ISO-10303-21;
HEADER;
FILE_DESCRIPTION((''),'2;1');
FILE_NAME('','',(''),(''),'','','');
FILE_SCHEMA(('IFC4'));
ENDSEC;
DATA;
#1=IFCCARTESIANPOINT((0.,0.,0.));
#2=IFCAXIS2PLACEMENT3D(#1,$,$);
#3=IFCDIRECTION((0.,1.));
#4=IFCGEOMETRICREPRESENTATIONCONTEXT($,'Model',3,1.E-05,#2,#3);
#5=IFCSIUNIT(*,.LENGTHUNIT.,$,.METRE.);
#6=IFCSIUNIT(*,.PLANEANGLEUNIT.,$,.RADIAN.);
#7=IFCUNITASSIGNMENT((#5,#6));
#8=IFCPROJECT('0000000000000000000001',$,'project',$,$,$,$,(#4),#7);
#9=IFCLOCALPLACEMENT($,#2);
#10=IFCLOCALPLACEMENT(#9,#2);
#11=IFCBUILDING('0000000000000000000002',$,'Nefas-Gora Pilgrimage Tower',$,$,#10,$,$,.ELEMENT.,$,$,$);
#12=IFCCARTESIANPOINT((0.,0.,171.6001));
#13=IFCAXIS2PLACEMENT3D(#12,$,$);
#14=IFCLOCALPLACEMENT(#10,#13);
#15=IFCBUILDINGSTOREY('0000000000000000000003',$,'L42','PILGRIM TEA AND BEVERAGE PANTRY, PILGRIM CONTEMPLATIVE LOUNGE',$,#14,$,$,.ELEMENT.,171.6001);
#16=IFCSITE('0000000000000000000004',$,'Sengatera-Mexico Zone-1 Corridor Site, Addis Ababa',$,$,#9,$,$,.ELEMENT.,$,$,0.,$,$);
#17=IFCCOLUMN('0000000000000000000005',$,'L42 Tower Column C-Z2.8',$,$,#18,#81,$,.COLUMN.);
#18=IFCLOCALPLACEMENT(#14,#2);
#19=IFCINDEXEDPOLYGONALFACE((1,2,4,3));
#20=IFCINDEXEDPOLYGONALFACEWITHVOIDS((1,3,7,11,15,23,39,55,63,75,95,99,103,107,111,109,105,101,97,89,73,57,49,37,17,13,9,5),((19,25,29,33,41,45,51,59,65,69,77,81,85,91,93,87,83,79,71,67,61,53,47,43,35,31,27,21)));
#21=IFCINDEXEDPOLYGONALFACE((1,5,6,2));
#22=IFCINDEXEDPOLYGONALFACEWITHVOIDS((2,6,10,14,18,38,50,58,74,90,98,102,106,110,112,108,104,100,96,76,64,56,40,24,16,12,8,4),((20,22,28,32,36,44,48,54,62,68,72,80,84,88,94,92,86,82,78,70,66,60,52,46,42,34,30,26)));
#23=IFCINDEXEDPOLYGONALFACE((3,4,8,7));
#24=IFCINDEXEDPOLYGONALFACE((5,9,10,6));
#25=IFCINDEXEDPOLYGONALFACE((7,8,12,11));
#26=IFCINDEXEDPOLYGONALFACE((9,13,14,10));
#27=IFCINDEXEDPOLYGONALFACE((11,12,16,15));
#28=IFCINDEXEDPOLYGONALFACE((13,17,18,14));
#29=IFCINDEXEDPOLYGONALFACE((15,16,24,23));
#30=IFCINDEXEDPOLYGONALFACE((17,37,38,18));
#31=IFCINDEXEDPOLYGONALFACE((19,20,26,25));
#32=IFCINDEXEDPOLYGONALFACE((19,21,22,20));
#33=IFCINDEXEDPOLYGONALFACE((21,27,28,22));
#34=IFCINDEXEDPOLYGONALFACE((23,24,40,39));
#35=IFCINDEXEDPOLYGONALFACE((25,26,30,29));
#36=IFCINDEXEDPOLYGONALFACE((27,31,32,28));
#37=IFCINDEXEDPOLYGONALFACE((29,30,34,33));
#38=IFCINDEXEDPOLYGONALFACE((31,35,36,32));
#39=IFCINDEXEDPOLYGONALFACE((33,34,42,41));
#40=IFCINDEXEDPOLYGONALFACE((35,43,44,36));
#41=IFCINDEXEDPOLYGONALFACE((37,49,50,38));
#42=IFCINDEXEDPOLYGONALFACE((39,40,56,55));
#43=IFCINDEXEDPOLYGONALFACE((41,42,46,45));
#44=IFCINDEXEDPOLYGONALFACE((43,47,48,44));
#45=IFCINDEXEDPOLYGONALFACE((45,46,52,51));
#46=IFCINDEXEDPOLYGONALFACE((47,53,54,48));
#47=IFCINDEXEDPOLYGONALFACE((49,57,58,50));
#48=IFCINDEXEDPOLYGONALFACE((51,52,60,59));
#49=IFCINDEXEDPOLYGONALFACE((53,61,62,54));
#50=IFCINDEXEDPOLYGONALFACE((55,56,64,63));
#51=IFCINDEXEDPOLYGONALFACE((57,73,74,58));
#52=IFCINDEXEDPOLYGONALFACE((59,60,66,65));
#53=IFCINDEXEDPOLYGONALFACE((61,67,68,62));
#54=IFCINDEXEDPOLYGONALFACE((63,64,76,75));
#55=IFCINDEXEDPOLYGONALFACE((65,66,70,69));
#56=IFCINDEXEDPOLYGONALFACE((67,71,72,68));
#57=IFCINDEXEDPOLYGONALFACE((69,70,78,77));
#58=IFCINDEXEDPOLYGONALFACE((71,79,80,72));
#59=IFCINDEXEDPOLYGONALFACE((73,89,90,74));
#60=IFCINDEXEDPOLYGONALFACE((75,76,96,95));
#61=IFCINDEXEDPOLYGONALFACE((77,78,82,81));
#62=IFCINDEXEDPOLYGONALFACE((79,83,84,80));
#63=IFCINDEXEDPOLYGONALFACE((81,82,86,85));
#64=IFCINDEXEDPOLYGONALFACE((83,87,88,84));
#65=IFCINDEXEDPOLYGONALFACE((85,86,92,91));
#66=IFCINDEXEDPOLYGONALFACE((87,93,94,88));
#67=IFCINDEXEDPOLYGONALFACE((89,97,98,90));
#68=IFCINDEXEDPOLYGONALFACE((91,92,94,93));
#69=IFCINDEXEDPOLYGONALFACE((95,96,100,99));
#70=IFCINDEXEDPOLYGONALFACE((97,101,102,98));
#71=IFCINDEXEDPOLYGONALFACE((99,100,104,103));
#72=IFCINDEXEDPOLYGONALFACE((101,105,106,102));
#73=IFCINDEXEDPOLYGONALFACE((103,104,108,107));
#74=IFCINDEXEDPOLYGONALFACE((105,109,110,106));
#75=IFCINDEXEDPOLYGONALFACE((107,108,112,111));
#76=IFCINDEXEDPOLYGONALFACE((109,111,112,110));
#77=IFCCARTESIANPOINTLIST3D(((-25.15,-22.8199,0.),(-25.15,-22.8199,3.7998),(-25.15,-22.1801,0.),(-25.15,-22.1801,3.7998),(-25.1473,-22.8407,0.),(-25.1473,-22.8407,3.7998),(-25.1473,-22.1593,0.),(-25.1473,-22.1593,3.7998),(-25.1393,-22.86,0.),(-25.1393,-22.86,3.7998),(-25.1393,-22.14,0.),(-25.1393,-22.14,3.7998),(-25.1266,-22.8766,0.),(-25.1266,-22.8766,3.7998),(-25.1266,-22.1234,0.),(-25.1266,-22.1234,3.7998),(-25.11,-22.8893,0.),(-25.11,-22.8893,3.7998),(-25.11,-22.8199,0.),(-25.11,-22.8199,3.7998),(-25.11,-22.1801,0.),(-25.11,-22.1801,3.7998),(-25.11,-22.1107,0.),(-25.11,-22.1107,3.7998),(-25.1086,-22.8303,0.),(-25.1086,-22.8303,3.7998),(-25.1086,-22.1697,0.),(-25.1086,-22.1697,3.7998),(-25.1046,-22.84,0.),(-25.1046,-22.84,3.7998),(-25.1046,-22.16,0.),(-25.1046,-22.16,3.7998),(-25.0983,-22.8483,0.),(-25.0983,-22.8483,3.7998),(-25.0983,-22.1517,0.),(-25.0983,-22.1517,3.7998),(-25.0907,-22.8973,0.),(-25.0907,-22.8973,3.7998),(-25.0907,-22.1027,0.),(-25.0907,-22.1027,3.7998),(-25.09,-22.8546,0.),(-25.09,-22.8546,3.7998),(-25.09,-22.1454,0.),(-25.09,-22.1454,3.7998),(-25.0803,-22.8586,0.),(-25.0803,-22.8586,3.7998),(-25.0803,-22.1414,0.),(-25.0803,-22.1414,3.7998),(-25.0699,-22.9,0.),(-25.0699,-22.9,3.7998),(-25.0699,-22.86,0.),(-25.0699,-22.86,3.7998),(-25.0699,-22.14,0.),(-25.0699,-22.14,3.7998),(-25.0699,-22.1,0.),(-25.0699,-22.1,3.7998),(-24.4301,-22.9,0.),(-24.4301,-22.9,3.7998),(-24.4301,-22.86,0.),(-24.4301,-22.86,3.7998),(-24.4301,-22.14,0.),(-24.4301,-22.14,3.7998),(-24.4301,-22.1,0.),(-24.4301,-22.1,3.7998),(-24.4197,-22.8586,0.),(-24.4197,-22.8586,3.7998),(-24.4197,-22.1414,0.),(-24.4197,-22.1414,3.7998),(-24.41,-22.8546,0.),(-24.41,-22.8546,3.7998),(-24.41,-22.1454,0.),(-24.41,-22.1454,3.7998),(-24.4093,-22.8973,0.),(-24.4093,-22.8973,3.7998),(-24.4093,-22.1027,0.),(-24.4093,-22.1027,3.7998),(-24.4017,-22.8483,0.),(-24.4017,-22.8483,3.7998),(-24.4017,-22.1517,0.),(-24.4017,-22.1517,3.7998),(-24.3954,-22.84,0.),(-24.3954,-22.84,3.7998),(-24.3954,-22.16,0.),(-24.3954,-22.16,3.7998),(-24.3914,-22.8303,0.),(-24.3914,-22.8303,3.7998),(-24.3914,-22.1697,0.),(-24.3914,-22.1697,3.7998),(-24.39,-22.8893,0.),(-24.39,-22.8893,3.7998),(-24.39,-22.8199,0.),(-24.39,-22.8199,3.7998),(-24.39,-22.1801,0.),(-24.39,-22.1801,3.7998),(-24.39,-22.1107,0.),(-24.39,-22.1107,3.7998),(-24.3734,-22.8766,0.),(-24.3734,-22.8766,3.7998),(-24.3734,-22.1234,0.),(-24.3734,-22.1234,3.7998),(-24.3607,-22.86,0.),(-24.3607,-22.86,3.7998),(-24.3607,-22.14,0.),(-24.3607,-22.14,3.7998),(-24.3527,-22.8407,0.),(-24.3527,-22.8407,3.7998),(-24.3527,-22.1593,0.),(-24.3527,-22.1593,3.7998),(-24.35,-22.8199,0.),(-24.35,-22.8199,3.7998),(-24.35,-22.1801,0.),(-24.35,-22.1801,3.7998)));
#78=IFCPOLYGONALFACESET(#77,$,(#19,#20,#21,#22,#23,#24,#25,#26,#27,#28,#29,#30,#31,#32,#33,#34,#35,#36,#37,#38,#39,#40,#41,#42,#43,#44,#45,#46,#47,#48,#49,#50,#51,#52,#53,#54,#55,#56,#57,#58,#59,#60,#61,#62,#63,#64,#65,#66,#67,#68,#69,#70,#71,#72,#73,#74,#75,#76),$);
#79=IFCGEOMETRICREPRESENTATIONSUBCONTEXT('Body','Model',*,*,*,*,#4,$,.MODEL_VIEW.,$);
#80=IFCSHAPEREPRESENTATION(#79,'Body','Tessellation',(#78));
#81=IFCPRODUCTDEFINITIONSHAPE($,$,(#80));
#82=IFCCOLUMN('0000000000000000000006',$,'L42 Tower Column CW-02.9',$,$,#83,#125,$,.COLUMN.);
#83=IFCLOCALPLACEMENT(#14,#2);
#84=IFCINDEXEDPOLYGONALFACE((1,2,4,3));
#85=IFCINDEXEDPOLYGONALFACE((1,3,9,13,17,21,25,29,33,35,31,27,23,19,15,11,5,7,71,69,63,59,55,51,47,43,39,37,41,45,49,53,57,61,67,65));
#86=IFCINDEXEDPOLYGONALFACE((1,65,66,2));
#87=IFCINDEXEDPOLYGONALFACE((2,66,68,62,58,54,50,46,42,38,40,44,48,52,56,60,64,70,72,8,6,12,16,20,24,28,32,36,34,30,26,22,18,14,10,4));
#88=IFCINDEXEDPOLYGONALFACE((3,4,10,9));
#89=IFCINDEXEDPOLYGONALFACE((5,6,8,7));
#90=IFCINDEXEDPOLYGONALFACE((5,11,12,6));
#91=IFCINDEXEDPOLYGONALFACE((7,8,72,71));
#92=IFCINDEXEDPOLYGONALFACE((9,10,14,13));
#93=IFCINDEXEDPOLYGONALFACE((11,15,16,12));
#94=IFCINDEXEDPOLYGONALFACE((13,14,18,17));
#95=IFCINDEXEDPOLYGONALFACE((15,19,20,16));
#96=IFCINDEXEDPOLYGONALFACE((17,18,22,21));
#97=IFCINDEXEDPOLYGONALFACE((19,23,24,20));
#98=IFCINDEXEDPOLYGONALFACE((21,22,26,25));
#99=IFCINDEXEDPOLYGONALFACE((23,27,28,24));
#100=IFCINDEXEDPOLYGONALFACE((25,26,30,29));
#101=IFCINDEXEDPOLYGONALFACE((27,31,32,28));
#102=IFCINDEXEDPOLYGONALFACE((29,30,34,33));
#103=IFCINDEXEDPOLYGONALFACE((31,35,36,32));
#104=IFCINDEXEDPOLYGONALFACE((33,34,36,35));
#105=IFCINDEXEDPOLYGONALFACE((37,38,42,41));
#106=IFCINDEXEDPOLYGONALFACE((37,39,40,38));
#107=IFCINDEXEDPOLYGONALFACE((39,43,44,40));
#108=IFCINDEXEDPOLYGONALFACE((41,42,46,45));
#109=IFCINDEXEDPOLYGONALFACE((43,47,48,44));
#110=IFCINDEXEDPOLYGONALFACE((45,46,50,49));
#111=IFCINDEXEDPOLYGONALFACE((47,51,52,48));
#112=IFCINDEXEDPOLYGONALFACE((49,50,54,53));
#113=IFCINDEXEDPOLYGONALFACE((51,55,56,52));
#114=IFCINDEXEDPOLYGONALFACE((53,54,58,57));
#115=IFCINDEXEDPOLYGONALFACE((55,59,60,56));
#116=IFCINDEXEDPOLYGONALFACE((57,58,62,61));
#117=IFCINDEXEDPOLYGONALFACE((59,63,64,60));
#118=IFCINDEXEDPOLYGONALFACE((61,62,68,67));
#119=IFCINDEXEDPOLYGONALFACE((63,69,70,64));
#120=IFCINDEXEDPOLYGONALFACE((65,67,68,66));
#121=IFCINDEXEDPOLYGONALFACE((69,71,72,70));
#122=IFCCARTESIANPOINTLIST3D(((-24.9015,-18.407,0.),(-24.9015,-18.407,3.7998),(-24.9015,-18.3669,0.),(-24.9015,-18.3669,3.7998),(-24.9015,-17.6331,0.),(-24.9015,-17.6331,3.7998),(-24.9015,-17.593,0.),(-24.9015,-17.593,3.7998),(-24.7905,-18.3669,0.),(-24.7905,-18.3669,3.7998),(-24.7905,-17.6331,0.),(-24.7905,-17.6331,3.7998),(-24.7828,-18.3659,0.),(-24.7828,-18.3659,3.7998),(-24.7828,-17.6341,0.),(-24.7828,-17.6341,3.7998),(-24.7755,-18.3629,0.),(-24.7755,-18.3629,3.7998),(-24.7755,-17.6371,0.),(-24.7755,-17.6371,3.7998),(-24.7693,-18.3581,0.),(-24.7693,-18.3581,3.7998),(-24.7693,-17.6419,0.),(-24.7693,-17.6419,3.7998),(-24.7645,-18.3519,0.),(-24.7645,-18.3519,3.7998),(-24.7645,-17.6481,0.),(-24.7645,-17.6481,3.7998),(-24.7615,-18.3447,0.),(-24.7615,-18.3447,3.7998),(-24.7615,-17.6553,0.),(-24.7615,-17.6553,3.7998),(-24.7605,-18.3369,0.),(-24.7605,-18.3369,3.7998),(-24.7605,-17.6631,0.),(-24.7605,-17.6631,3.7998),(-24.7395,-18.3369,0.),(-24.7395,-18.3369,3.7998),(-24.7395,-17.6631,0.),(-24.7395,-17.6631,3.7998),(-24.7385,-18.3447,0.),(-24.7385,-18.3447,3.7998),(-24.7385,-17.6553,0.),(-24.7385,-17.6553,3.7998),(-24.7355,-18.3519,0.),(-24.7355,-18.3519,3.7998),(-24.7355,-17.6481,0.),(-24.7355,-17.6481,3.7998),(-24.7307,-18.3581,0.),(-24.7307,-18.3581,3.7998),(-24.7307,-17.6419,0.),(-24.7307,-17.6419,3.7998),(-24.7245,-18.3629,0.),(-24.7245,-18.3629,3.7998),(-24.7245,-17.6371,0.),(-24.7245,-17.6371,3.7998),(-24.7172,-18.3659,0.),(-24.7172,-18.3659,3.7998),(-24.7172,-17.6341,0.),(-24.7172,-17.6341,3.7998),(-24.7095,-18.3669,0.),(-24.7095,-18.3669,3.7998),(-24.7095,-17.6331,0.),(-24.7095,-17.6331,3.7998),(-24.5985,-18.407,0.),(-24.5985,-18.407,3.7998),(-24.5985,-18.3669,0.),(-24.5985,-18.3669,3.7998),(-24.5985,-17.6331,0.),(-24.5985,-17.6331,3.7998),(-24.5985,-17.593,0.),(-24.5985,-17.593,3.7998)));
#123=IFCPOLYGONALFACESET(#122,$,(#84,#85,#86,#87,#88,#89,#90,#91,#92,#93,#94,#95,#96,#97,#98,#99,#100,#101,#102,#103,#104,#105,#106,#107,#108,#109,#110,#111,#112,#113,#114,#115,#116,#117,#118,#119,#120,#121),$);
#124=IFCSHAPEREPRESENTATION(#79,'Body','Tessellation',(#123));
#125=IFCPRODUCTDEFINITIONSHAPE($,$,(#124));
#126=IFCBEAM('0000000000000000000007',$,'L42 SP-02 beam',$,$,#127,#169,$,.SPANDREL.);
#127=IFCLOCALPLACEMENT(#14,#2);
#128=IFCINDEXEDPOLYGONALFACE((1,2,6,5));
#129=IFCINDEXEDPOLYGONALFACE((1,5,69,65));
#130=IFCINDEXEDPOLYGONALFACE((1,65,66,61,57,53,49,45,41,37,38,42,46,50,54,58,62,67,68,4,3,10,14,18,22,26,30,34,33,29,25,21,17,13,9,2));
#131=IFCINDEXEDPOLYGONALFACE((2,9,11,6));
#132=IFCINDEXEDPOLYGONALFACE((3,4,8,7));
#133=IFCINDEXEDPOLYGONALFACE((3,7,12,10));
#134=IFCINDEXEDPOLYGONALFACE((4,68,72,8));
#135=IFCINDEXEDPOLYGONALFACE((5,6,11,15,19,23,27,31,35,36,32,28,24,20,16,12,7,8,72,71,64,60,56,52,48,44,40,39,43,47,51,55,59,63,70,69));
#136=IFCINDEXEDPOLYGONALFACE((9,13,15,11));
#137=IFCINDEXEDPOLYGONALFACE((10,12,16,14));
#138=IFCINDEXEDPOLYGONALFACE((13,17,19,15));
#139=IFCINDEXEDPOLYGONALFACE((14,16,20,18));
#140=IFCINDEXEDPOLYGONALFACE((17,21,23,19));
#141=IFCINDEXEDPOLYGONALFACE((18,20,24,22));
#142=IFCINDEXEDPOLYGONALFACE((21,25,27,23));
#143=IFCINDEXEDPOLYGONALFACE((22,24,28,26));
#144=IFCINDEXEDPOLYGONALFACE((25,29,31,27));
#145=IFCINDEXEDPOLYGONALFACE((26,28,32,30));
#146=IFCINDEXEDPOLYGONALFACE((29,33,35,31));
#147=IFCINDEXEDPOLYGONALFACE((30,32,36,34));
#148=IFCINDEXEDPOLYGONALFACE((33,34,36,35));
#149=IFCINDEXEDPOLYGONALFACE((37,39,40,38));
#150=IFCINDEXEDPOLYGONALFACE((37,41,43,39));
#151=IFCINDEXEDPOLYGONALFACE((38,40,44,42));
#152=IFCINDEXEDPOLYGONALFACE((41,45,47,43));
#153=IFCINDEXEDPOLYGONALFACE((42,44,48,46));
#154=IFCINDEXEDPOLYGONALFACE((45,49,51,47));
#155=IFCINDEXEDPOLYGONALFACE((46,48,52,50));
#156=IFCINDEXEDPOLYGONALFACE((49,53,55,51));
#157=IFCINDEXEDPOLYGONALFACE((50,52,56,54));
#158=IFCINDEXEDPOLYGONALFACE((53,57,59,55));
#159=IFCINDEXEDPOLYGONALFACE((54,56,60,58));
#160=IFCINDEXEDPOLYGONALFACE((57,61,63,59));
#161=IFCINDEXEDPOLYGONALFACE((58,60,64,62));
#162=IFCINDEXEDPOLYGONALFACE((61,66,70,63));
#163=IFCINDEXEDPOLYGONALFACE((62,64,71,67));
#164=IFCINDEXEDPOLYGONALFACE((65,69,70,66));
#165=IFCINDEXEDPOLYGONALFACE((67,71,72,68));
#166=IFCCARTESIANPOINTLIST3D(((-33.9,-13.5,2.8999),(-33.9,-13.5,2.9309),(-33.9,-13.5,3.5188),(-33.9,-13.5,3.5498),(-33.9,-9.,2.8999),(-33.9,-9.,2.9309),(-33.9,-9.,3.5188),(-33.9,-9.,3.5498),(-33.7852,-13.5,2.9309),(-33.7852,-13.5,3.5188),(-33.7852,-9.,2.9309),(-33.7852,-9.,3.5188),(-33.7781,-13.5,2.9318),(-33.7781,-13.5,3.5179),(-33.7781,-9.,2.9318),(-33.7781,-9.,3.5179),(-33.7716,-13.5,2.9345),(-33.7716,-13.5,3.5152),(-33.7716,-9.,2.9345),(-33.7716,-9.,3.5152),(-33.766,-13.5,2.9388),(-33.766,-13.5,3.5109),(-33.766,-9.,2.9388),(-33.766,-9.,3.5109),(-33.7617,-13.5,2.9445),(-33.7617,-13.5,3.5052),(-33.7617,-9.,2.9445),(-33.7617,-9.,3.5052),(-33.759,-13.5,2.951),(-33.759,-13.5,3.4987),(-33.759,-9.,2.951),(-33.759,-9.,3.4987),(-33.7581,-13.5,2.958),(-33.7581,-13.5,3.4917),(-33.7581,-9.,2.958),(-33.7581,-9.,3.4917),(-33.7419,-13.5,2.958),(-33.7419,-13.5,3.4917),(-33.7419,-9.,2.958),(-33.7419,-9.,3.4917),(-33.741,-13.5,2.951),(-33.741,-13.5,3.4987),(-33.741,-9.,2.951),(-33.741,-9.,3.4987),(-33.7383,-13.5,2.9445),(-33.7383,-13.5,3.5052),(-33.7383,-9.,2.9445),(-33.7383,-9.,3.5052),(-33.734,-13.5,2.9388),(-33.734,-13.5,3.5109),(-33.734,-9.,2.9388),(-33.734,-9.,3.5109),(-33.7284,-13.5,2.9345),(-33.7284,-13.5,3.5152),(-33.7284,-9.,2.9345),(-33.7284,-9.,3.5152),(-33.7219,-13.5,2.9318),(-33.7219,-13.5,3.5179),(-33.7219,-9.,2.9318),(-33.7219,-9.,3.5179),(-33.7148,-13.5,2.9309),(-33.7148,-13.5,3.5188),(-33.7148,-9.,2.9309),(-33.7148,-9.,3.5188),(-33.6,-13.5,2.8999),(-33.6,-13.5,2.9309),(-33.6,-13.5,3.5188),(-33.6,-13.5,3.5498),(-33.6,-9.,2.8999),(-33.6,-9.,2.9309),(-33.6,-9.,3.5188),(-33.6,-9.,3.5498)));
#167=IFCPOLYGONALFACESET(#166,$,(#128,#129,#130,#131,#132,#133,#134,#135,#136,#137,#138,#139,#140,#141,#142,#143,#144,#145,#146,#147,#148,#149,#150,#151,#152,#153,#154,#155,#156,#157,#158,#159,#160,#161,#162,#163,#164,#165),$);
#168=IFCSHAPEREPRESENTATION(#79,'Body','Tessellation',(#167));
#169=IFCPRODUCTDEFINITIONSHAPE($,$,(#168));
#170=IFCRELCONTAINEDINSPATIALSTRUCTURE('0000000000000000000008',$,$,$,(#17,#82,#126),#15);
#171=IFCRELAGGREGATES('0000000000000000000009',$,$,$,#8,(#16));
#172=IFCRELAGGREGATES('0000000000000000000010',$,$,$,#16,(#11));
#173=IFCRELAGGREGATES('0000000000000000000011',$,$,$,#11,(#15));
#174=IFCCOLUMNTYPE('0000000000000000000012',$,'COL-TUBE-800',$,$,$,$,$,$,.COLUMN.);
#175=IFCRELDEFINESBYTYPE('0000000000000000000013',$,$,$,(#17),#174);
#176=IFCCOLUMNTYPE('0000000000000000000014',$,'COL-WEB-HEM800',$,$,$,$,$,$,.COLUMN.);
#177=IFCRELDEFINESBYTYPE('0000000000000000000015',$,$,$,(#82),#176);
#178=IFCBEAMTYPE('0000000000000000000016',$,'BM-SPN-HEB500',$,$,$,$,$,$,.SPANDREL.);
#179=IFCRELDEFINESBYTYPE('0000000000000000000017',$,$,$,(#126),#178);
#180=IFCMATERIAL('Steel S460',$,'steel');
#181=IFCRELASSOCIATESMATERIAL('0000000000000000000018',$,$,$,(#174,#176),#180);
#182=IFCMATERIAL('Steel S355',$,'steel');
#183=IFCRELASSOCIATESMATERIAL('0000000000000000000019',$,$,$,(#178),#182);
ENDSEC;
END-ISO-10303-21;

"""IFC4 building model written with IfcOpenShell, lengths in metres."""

from ifc_helpers import new_model, si_unit, direction, frame, origin, origin_2d, place, context, subcontext, project, spatial, hollow_rectangle, i_section, extrude, source, transform, mapped, material, material_profile, profile_set, type_object, element, save


model = new_model("IFC4")

# Units and contexts
model_context = context("Model", 3, precision=1e-05, world=origin(), true_north=direction((0.0, 1.0)))
body_context = subcontext(model_context, "Body", "Model", "MODEL_VIEW")
ifc_project = project(units=[si_unit("LENGTHUNIT", "METRE"), si_unit("PLANEANGLEUNIT", "RADIAN")], contexts=[model_context])

# Site, building, storey
site_placement = place(None, origin())
site = spatial("IfcSite", under=ifc_project, at=site_placement, Name="Sengatera-Mexico Zone-1 Corridor Site, Addis Ababa", CompositionType="ELEMENT", RefElevation=0.0)
building_placement = place(site_placement, origin())
building = spatial("IfcBuilding", under=site, at=building_placement, Name="Nefas-Gora Pilgrimage Tower", CompositionType="ELEMENT")
storey_placement = place(building_placement, frame((0.0, 0.0, 171.6001)))
storey = spatial("IfcBuildingStorey", under=building, at=storey_placement, Name="L42", Description="PILGRIM TEA AND BEVERAGE PANTRY, PILGRIM CONTEMPLATIVE LOUNGE", CompositionType="ELEMENT", Elevation=171.6001)

# Columns
ifc_material_1 = material(Name="Steel S460", Category="steel")
ifc_material_profile_1 = material_profile(ifc_material_1, hollow_rectangle(XDim=0.8, YDim=0.8, WallThickness=0.04, InnerFilletRadius=0.04, OuterFilletRadius=0.0801, at=origin_2d()), Name="BOX 800x800x40")
ifc_profile_set_1 = profile_set([ifc_material_profile_1], Name="Steel S460")
column_type_1 = type_object("IfcColumnType", Name="COL-TUBE-800", PredefinedType="COLUMN", material=ifc_profile_set_1)
shared_shape_1 = source(origin(), body_context, "Body", "SweptSolid", [
    extrude(hollow_rectangle(XDim=0.8, YDim=0.8, WallThickness=0.04, InnerFilletRadius=0.04, OuterFilletRadius=0.0801, at=origin_2d()), origin(), (0.0, 0.0, 1.0), 3.7998),
])
for number, where, z_axis, x_axis, name in (
    (1, (-24.75, -22.5, 0.0), (0.0, 0.0, 1.0), (1.0, 0.0, 0.0), "L42 Tower Column C-Z2.8"),
):
    element("IfcColumn", number, at=place(storey_placement, frame(where, z_axis=z_axis, x_axis=x_axis)), inside=storey, type_object=column_type_1, Name=name, PredefinedType="COLUMN", context=body_context, shape_type="MappedRepresentation", body=[
        mapped(shared_shape_1, transform((0.0, 0.0, 0.0), x_axis=(1.0, 0.0, 0.0), y_axis=(0.0, 1.0, 0.0), z_axis=(0.0, 0.0, 1.0), scale=1.0)),
    ])
ifc_material_profile_2 = material_profile(ifc_material_1, i_section(OverallWidth=0.303, OverallDepth=0.814, WebThickness=0.021, FlangeThickness=0.04, FilletRadius=0.03, at=origin_2d()), Name="HEM 800")
ifc_profile_set_2 = profile_set([ifc_material_profile_2], Name="Steel S460")
column_type_2 = type_object("IfcColumnType", Name="COL-WEB-HEM800", PredefinedType="COLUMN", material=ifc_profile_set_2)
shared_shape_2 = source(origin(), body_context, "Body", "SweptSolid", [
    extrude(i_section(OverallWidth=0.303, OverallDepth=0.814, WebThickness=0.021, FlangeThickness=0.04, FilletRadius=0.03, at=origin_2d()), origin(), (0.0, 0.0, 1.0), 3.7998),
])
column_placement = place(storey_placement, frame((-24.75, -18.0, 0.0), z_axis=(0.0, 0.0, 1.0), x_axis=(1.0, 0.0, 0.0)))
element("IfcColumn", 2, at=column_placement, inside=storey, type_object=column_type_2, Name="L42 Tower Column CW-02.9", PredefinedType="COLUMN", context=body_context, shape_type="MappedRepresentation", body=[
    mapped(shared_shape_2, transform((0.0, 0.0, 0.0), x_axis=(1.0, 0.0, 0.0), y_axis=(0.0, 1.0, 0.0), z_axis=(0.0, 0.0, 1.0), scale=1.0)),
])

# Beam
ifc_material_2 = material(Name="Steel S355", Category="steel")
ifc_material_profile_3 = material_profile(ifc_material_2, i_section(OverallWidth=0.3, OverallDepth=0.6499, WebThickness=0.0161, FlangeThickness=0.031, FilletRadius=0.0271, at=origin_2d()), Name="HEB 650")
ifc_profile_set_3 = profile_set([ifc_material_profile_3], Name="Steel S355")
beam_type_1 = type_object("IfcBeamType", Name="BM-SPN-HEB500", PredefinedType="SPANDREL", material=ifc_profile_set_3)
shared_shape_3 = source(origin(), body_context, "Body", "SweptSolid", [
    extrude(i_section(OverallWidth=0.3, OverallDepth=0.6499, WebThickness=0.0161, FlangeThickness=0.031, FilletRadius=0.0271, at=origin_2d()), origin(), (0.0, 0.0, 1.0), 4.5),
])
for number, where, z_axis, x_axis, name in (
    (3, (-33.75, -13.5, 3.2249), (0.0, 1.0, 0.0), (-1.0, 0.0, 0.0), "L42 SP-02 beam"),
):
    element("IfcBeam", number, at=place(storey_placement, frame(where, z_axis=z_axis, x_axis=x_axis)), inside=storey, type_object=beam_type_1, Name=name, PredefinedType="SPANDREL", context=body_context, shape_type="MappedRepresentation", body=[
        mapped(shared_shape_3, transform((0.0, 0.0, 0.0), x_axis=(1.0, 0.0, 0.0), y_axis=(0.0, 1.0, 0.0), z_axis=(0.0, 0.0, 1.0), scale=1.0)),
    ])

save(model, "model.ifc")
